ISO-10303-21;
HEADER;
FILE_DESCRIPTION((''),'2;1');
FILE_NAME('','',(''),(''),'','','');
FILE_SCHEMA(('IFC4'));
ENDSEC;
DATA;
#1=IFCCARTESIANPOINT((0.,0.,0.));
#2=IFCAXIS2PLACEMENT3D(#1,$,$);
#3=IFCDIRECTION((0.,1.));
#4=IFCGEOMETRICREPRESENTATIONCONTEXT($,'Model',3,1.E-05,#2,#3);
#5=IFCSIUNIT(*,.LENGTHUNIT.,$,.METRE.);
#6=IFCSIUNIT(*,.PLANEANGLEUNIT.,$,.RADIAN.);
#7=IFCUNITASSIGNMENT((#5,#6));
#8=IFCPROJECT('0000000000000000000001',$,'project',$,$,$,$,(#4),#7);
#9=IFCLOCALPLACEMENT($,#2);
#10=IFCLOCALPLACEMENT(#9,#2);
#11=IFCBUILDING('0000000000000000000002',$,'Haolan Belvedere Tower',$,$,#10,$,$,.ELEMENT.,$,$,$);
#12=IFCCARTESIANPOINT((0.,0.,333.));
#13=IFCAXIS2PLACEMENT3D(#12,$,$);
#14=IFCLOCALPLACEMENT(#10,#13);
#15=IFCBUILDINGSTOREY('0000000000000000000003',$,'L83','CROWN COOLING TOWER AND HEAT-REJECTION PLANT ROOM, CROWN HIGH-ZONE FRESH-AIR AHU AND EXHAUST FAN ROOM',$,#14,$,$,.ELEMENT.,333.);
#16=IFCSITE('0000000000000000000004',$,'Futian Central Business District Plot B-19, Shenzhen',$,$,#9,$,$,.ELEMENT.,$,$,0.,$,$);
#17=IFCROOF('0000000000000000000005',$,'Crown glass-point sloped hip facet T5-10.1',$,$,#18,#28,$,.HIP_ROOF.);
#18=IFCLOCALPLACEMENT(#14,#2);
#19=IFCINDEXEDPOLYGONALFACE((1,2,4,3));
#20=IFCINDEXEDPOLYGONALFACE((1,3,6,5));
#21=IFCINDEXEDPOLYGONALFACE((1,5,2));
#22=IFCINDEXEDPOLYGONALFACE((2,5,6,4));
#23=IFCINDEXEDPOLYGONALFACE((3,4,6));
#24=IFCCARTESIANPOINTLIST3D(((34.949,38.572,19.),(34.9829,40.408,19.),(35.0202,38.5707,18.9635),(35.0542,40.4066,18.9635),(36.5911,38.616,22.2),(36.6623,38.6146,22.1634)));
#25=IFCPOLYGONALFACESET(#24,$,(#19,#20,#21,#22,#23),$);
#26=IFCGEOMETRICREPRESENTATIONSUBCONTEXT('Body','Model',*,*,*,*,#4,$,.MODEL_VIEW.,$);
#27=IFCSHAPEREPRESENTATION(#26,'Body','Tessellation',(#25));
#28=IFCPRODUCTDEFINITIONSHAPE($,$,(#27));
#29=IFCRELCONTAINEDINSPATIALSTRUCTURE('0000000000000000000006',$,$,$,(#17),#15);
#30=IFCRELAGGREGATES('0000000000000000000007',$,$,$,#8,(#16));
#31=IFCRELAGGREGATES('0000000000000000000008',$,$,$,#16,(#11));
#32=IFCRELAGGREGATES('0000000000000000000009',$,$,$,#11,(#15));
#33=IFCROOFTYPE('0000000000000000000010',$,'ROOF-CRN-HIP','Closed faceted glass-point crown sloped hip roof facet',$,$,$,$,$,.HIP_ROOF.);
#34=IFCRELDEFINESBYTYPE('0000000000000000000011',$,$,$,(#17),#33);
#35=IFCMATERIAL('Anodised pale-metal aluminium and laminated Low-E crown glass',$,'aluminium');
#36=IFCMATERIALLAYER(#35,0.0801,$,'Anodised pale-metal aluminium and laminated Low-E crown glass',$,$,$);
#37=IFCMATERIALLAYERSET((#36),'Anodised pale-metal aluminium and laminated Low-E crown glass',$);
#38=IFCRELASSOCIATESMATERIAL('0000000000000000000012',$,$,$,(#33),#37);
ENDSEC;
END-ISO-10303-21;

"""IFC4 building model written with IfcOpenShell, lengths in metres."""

from ifc_helpers import new_model, si_unit, direction, frame, origin, place, context, subcontext, project, spatial, polyline, outline, extrude, material, layer, layer_set, type_object, element, save


model = new_model("IFC4")

# Units and contexts
model_context = context("Model", 3, precision=1e-05, world=origin(), true_north=direction((0.0, 1.0)))
body_context = subcontext(model_context, "Body", "Model", "MODEL_VIEW")
ifc_project = project(units=[si_unit("LENGTHUNIT", "METRE"), si_unit("PLANEANGLEUNIT", "RADIAN")], contexts=[model_context])

# Site, building, storey
site_placement = place(None, origin())
site = spatial("IfcSite", under=ifc_project, at=site_placement, Name="Futian Central Business District Plot B-19, Shenzhen", CompositionType="ELEMENT", RefElevation=0.0)
building_placement = place(site_placement, origin())
building = spatial("IfcBuilding", under=site, at=building_placement, Name="Haolan Belvedere Tower", CompositionType="ELEMENT")
storey_placement = place(building_placement, frame((0.0, 0.0, 333.0)))
storey = spatial("IfcBuildingStorey", under=building, at=storey_placement, Name="L83", Description="CROWN COOLING TOWER AND HEAT-REJECTION PLANT ROOM, CROWN HIGH-ZONE FRESH-AIR AHU AND EXHAUST FAN ROOM", CompositionType="ELEMENT", Elevation=333.0)

# Roof
ifc_material_1 = material(Name="Anodised pale-metal aluminium and laminated Low-E crown glass", Category="aluminium")
ifc_layer_1 = layer(ifc_material_1, 0.0801, Name="Anodised pale-metal aluminium and laminated Low-E crown glass")
ifc_layer_set_1 = layer_set([ifc_layer_1], Name="Anodised pale-metal aluminium and laminated Low-E crown glass")
roof_type_1 = type_object("IfcRoofType", Name="ROOF-CRN-HIP", Description="Closed faceted glass-point crown sloped hip roof facet", PredefinedType="HIP_ROOF", material=ifc_layer_set_1)
roof_1_placement = place(storey_placement, frame((34.9829, 40.408, 19.0), z_axis=(-0.889666, 0.016445, 0.456316), x_axis=(-0.018481, -0.999829, 0.0)))
element("IfcRoof", 1, at=roof_1_placement, inside=storey, type_object=roof_type_1, Name="Crown glass-point sloped hip facet T5-10.1", PredefinedType="HIP_ROOF", context=body_context, shape_type="SweptSolid", body=[
    extrude(outline(polyline([(0.0, 0.0), (1.8363, 0.0), (1.762, 3.5962), (0.0, 0.0)])), origin(), (0.0, 0.0, -1.0), 0.0801),
])

save(model, "model.ifc")
